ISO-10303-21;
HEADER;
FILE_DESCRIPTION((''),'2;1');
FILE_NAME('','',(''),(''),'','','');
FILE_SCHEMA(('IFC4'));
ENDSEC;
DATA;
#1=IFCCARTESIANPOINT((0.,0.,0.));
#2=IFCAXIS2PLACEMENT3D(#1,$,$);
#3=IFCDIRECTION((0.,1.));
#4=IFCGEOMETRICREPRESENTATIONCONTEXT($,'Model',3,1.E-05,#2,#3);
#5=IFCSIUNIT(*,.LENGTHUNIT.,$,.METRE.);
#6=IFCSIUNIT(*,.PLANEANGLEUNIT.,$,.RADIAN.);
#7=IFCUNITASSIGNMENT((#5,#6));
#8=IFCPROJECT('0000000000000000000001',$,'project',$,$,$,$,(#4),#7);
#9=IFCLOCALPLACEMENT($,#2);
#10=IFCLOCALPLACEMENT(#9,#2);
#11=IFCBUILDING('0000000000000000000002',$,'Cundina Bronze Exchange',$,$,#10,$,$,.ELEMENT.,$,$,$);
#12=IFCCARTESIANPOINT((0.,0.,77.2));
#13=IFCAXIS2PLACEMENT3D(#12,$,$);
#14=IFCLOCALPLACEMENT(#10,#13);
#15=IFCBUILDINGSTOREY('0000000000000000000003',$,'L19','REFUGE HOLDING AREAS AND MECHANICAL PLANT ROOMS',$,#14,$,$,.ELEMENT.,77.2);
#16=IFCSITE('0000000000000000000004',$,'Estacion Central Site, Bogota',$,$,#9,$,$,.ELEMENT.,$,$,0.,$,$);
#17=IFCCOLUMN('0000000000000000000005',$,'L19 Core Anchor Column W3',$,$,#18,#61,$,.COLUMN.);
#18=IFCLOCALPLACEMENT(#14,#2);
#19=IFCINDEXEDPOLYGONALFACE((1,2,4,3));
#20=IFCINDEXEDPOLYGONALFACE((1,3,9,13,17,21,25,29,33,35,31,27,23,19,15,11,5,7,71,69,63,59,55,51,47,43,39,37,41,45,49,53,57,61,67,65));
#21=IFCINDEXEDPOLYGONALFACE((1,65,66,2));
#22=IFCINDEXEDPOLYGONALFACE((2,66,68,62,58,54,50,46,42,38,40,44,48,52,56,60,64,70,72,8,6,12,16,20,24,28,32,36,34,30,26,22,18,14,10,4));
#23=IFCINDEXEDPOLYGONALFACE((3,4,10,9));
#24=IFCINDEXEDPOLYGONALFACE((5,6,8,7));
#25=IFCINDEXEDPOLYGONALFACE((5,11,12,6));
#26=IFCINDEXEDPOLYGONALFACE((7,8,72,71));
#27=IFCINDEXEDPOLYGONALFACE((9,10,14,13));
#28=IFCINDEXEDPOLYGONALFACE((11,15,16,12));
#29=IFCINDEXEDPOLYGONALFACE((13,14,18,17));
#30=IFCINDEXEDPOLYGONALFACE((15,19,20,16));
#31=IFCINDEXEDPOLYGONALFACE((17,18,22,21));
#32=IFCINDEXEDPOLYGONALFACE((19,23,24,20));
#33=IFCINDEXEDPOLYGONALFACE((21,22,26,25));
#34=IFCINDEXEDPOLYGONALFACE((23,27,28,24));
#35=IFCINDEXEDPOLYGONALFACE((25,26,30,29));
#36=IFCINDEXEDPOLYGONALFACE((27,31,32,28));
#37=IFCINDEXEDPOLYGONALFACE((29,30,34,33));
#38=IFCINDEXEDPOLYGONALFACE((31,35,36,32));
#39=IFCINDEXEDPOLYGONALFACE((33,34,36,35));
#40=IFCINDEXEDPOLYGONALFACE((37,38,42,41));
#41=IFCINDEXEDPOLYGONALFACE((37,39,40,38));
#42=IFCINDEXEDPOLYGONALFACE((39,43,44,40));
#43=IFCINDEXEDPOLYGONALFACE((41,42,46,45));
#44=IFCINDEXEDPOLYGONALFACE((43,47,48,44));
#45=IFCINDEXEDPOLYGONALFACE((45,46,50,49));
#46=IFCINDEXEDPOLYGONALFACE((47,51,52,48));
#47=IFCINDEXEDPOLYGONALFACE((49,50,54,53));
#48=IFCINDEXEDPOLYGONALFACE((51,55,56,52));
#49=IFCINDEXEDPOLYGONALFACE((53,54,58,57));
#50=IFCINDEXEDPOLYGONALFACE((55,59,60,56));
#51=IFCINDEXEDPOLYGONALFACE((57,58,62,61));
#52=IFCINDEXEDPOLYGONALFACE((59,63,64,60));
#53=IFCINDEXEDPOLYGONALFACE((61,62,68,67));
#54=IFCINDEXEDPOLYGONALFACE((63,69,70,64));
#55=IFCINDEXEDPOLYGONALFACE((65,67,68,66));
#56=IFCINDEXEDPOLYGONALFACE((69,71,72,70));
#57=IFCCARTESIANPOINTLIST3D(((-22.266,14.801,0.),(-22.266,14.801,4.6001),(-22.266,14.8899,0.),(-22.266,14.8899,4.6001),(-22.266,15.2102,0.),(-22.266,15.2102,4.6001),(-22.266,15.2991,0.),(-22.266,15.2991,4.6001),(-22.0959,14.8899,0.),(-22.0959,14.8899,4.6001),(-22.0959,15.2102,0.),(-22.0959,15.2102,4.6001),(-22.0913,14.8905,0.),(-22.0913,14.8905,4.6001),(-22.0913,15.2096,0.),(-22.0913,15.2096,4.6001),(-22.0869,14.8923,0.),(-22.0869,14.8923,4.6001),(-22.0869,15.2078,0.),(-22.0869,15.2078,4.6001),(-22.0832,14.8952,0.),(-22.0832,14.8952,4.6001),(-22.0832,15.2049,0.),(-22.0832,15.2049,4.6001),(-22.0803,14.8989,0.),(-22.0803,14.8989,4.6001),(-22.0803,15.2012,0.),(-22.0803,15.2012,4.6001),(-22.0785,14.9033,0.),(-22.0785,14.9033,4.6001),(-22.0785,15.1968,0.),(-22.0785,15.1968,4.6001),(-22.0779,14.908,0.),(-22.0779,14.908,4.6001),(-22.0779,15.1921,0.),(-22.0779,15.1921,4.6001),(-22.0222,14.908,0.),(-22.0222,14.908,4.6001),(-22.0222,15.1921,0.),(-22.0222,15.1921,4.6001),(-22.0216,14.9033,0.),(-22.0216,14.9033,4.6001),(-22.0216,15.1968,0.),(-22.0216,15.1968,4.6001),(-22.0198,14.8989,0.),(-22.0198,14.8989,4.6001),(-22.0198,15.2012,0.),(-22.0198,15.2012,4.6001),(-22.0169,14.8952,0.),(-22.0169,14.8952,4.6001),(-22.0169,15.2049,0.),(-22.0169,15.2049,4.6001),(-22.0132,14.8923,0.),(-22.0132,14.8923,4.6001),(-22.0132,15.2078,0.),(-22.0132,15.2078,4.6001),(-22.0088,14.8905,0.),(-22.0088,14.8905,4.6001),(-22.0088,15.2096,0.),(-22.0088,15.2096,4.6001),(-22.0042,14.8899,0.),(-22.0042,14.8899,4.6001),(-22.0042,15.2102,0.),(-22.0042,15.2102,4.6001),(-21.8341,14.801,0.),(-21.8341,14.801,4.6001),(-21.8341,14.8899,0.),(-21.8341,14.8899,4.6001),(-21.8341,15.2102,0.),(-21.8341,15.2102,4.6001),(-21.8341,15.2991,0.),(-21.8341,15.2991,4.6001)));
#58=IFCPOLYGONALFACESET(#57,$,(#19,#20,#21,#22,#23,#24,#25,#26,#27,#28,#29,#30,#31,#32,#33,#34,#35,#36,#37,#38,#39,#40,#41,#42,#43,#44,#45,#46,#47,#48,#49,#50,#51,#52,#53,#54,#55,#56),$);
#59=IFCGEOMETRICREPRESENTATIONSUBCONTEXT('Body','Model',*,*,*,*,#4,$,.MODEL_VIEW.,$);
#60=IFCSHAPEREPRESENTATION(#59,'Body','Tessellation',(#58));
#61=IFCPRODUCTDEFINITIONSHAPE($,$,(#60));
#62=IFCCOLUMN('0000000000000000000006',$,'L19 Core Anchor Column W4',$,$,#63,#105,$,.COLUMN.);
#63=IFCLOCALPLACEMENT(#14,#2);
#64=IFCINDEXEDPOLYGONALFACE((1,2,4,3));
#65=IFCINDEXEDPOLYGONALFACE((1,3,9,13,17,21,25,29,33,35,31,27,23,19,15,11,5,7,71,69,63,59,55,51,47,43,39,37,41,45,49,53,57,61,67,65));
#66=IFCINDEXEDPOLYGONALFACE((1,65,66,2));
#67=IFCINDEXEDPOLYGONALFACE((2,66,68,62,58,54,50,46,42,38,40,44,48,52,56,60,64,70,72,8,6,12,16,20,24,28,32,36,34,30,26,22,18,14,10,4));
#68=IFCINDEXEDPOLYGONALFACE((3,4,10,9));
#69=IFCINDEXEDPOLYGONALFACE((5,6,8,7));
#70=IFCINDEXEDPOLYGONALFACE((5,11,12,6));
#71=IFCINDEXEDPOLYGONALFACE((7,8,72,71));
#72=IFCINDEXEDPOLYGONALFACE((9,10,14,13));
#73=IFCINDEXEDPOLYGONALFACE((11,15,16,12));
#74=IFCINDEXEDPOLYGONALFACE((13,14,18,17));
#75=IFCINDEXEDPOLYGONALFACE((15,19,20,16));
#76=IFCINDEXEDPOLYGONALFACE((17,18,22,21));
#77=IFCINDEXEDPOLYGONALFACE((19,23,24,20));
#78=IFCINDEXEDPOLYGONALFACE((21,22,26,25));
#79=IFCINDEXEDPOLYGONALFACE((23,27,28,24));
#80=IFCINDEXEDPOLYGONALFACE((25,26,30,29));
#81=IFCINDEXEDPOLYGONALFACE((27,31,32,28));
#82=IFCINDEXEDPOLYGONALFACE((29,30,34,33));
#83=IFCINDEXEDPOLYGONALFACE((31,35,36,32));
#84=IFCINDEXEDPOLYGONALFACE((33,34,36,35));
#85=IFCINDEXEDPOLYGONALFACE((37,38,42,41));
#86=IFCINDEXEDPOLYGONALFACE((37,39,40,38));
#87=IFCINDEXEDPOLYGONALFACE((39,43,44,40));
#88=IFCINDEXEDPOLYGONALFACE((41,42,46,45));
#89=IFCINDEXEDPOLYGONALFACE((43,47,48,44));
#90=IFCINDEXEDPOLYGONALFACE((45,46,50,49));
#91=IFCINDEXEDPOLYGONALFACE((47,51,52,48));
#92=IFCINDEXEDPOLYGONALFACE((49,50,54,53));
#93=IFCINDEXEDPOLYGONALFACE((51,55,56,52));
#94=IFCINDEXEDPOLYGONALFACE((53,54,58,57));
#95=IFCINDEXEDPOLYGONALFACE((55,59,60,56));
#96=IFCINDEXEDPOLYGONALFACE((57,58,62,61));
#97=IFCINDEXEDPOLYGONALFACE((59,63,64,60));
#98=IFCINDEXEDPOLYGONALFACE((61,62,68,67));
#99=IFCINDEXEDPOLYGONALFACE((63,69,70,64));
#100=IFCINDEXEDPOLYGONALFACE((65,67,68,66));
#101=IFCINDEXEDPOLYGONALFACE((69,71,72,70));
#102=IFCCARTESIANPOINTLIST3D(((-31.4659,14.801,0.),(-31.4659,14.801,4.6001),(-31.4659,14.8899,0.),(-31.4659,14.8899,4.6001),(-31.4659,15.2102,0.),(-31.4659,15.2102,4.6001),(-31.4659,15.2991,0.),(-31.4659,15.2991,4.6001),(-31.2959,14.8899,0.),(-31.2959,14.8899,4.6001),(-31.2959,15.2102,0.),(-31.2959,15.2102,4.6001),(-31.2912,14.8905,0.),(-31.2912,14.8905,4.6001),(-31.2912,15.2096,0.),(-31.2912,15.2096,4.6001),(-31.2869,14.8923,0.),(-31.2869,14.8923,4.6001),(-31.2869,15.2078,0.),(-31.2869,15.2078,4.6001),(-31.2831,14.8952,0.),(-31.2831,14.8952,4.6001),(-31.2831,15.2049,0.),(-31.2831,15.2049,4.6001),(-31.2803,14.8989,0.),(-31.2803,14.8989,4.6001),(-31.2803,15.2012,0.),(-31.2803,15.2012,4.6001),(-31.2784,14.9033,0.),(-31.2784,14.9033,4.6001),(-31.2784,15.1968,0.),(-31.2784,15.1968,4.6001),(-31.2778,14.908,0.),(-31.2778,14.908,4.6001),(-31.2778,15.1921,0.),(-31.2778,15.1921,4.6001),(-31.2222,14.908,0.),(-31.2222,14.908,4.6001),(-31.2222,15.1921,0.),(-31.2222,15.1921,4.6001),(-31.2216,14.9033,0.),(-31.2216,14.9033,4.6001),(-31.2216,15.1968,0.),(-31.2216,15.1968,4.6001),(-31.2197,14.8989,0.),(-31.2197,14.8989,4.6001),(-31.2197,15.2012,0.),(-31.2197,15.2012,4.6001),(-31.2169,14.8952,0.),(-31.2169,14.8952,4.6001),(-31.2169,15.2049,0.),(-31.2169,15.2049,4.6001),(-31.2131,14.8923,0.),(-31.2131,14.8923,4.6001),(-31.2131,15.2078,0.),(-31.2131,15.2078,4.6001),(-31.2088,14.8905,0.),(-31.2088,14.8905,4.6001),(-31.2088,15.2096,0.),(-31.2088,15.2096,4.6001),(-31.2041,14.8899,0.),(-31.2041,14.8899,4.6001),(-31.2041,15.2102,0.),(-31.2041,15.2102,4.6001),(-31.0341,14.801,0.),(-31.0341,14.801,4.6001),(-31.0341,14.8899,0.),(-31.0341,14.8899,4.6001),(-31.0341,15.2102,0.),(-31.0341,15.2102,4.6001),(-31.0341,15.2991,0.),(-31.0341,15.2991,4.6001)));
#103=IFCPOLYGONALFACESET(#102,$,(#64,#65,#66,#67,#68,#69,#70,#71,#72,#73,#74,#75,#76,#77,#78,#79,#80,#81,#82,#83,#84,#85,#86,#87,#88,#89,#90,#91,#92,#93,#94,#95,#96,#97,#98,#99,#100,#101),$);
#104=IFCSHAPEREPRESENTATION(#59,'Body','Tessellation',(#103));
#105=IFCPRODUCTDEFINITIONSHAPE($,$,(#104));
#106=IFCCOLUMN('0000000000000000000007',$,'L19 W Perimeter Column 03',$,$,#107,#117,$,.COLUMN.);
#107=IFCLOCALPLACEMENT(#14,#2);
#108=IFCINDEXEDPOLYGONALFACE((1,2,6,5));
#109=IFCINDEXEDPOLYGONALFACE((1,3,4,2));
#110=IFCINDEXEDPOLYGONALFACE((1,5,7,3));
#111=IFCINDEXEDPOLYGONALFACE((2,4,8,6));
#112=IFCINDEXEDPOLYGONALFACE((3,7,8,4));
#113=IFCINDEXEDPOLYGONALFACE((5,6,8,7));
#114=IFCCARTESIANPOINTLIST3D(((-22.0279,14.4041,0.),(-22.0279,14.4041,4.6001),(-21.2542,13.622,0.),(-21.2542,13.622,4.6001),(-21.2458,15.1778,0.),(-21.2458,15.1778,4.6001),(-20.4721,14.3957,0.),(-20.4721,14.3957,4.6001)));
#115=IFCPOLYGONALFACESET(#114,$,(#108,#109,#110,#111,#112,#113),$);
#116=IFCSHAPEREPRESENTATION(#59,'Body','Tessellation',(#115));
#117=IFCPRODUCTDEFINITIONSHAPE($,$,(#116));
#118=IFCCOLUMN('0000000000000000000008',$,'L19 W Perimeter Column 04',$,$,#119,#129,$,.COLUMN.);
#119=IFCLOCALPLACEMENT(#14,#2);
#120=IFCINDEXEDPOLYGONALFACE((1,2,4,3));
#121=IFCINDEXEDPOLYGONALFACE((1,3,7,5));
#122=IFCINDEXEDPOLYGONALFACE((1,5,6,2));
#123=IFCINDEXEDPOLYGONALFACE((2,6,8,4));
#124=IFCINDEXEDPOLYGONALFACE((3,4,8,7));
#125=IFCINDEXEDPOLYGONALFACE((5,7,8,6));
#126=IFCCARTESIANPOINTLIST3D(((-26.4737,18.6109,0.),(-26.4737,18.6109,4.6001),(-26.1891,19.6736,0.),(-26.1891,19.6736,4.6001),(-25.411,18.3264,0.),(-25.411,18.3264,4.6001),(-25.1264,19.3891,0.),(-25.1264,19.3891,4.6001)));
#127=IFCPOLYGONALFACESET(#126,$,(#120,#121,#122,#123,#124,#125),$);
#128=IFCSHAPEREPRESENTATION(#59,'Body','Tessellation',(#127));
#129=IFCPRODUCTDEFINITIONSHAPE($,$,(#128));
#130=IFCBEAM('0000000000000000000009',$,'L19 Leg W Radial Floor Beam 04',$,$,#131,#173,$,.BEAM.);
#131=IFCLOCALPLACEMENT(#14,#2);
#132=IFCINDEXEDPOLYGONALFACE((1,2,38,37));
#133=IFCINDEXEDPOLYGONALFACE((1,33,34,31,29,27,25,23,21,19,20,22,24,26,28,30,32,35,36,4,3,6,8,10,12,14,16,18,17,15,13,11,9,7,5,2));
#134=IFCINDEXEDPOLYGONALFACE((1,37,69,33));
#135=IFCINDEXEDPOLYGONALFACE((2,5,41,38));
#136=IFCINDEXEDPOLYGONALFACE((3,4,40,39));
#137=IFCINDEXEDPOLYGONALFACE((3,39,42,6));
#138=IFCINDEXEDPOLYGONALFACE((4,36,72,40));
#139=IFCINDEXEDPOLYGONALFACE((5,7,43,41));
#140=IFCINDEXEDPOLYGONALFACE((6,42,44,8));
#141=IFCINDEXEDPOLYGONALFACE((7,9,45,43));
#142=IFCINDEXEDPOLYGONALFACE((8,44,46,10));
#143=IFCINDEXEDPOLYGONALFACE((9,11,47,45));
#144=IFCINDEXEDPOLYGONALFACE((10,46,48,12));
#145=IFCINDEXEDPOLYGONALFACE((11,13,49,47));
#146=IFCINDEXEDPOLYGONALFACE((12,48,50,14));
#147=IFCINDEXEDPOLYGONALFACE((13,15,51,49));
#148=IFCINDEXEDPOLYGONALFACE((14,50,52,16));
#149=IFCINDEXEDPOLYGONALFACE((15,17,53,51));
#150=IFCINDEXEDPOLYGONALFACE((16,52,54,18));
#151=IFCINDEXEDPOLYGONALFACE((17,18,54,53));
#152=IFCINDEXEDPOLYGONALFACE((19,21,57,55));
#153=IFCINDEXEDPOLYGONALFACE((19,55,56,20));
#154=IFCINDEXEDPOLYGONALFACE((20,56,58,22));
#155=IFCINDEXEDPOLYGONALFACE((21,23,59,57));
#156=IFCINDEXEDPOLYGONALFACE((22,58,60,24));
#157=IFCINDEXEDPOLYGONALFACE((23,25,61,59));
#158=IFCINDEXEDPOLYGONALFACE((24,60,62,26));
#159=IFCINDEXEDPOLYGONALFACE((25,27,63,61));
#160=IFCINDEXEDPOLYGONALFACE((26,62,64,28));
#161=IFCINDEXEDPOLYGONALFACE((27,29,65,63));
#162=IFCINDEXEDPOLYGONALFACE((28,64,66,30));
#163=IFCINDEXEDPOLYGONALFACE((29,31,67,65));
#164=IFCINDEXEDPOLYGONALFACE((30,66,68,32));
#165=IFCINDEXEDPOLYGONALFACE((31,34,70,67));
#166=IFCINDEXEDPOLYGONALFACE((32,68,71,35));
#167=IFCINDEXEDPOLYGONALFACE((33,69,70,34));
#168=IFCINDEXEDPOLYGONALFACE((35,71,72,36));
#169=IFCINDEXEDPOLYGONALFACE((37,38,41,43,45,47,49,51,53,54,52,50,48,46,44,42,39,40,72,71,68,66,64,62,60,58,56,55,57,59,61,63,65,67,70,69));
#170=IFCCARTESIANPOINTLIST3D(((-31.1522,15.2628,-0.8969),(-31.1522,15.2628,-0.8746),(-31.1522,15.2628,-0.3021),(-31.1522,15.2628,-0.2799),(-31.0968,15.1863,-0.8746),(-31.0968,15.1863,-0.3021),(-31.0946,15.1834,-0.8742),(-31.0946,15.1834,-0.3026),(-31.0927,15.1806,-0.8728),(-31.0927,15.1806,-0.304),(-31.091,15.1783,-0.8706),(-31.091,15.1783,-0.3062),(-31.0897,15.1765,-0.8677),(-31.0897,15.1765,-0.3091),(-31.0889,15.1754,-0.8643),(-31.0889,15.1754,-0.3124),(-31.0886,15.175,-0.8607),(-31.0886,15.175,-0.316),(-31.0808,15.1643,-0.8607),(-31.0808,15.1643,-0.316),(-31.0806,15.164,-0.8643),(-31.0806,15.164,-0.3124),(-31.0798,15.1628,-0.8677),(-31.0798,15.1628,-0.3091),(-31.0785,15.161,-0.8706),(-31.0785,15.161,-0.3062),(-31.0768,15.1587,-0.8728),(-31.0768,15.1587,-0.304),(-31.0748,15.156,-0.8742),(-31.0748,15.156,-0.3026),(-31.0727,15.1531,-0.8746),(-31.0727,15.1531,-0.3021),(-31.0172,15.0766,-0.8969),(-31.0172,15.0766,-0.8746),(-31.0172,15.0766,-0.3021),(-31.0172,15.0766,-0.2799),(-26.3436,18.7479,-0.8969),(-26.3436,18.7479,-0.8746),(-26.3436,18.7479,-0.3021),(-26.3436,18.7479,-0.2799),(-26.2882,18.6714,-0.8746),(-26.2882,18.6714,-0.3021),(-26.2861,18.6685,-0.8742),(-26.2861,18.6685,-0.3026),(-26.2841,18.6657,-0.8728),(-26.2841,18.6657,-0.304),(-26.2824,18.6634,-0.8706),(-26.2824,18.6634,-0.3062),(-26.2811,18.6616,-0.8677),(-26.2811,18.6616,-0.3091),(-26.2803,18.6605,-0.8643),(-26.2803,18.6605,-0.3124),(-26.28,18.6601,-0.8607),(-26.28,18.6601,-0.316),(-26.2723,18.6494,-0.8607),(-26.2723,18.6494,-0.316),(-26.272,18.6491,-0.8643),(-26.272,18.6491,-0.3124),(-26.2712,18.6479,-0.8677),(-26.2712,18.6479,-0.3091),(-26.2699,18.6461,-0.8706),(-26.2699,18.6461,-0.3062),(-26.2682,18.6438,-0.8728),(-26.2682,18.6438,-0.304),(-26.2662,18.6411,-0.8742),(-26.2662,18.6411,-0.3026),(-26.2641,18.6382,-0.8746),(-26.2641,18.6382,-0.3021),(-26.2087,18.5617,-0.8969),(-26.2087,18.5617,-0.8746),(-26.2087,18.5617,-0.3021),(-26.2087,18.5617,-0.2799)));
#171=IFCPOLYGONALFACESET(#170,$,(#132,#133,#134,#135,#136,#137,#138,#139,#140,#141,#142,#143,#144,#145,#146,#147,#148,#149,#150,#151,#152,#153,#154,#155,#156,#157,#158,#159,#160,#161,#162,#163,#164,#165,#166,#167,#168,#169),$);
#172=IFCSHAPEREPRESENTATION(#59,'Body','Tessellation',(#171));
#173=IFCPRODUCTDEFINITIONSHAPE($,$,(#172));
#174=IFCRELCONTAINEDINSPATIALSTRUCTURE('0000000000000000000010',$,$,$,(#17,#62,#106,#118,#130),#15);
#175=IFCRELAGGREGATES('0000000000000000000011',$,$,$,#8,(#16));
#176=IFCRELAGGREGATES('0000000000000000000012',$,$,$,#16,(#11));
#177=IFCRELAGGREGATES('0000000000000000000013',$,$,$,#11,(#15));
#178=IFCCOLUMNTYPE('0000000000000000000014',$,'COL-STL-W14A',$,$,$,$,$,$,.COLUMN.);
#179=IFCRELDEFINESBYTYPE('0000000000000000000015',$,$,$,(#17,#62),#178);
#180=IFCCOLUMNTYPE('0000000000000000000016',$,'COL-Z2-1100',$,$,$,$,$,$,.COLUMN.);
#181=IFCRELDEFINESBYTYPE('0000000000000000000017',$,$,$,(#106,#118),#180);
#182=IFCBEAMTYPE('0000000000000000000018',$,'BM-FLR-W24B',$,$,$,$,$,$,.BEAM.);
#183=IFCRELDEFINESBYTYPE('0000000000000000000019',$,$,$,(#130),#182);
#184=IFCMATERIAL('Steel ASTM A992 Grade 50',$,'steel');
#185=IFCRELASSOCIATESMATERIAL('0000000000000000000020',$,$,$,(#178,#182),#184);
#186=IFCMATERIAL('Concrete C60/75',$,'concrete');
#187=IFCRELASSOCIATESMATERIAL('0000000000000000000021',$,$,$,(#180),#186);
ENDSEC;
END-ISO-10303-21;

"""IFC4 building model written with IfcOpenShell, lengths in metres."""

from ifc_helpers import new_model, si_unit, direction, frame, origin, origin_2d, place, context, subcontext, project, spatial, rectangle, i_section, extrude, material, material_profile, profile_set, type_object, element, save


model = new_model("IFC4")

# Units and contexts
model_context = context("Model", 3, precision=1e-05, world=origin(), true_north=direction((0.0, 1.0)))
body_context = subcontext(model_context, "Body", "Model", "MODEL_VIEW")
ifc_project = project(units=[si_unit("LENGTHUNIT", "METRE"), si_unit("PLANEANGLEUNIT", "RADIAN")], contexts=[model_context])

# Site, building, storey
site_placement = place(None, origin())
site = spatial("IfcSite", under=ifc_project, at=site_placement, Name="Estacion Central Site, Bogota", CompositionType="ELEMENT", RefElevation=0.0)
building_placement = place(site_placement, origin())
building = spatial("IfcBuilding", under=site, at=building_placement, Name="Cundina Bronze Exchange", CompositionType="ELEMENT")
storey_placement = place(building_placement, frame((0.0, 0.0, 77.2)))
storey = spatial("IfcBuildingStorey", under=building, at=storey_placement, Name="L19", Description="REFUGE HOLDING AREAS AND MECHANICAL PLANT ROOMS", CompositionType="ELEMENT", Elevation=77.2)

# Columns
ifc_material_1 = material(Name="Steel ASTM A992 Grade 50", Category="steel")
ifc_material_profile_1 = material_profile(ifc_material_1, i_section(OverallWidth=0.4319, OverallDepth=0.498, WebThickness=0.0557, FlangeThickness=0.0889, FilletRadius=0.0181, at=origin_2d()), Name="W14X500", Category="steel")
ifc_profile_set_1 = profile_set([ifc_material_profile_1], Name="Steel ASTM A992 Grade 50")
column_type_1 = type_object("IfcColumnType", Name="COL-STL-W14A", PredefinedType="COLUMN", material=ifc_profile_set_1)
for number, where, z_axis, x_axis, name in (
    (1, (-22.05, 15.05, 0.0), (0.0, 0.0, 1.0), (1.0, 0.0, 0.0), "L19 Core Anchor Column W3"),
    (2, (-31.25, 15.05, 0.0), (0.0, 0.0, 1.0), (1.0, 0.0, 0.0), "L19 Core Anchor Column W4"),
):
    element("IfcColumn", number, at=place(storey_placement, frame(where, z_axis=z_axis, x_axis=x_axis)), inside=storey, type_object=column_type_1, Name=name, PredefinedType="COLUMN", context=body_context, shape_type="SweptSolid", body=[
        extrude(i_section(OverallWidth=0.4319, OverallDepth=0.498, WebThickness=0.0557, FlangeThickness=0.0889, FilletRadius=0.0181, at=origin_2d()), origin(), (0.0, 0.0, 1.0), 4.6001),
    ])
ifc_material_2 = material(Name="Concrete C60/75", Category="concrete")
ifc_material_profile_2 = material_profile(ifc_material_2, rectangle(XDim=1.1001, YDim=1.1001, at=origin_2d()), Name="RC1100X1100", Category="concrete")
ifc_profile_set_2 = profile_set([ifc_material_profile_2], Name="Concrete C60/75")
column_type_2 = type_object("IfcColumnType", Name="COL-Z2-1100", PredefinedType="COLUMN", material=ifc_profile_set_2)
for number, where, z_axis, x_axis, name in (
    (3, (-21.25, 14.3999, 0.0), (0.0, 0.0, 1.0), (-0.703271, 0.710922, 0.0), "L19 W Perimeter Column 03"),
    (4, (-25.8, 19.0, 0.0), (0.0, 0.0, 1.0), (-0.965971, 0.25865, 0.0), "L19 W Perimeter Column 04"),
):
    element("IfcColumn", number, at=place(storey_placement, frame(where, z_axis=z_axis, x_axis=x_axis)), inside=storey, type_object=column_type_2, Name=name, PredefinedType="COLUMN", context=body_context, shape_type="SweptSolid", body=[
        extrude(rectangle(XDim=1.1001, YDim=1.1001, at=origin_2d()), origin(), (0.0, 0.0, 1.0), 4.6001),
    ])

# Beam
ifc_material_profile_3 = material_profile(ifc_material_1, i_section(OverallWidth=0.23, OverallDepth=0.6169, WebThickness=0.0132, FlangeThickness=0.0222, FilletRadius=0.0139, at=origin_2d()), Name="W24X94", Category="steel")
ifc_profile_set_3 = profile_set([ifc_material_profile_3], Name="Steel ASTM A992 Grade 50")
beam_type_1 = type_object("IfcBeamType", Name="BM-FLR-W24B", PredefinedType="BEAM", material=ifc_profile_set_3)
beam_1_placement = place(storey_placement, frame((-31.0847, 15.1697, -0.5884), z_axis=(0.8097, 0.586844, 0.0), x_axis=(-0.586844, 0.8097, 0.0)))
element("IfcBeam", 5, at=beam_1_placement, inside=storey, type_object=beam_type_1, Name="L19 Leg W Radial Floor Beam 04", PredefinedType="BEAM", context=body_context, shape_type="SweptSolid", body=[
    extrude(i_section(OverallWidth=0.23, OverallDepth=0.6169, WebThickness=0.0132, FlangeThickness=0.0222, FilletRadius=0.0139, at=origin_2d()), origin(), (0.0, 0.0, 1.0), 5.9387),
])

save(model, "model.ifc")
